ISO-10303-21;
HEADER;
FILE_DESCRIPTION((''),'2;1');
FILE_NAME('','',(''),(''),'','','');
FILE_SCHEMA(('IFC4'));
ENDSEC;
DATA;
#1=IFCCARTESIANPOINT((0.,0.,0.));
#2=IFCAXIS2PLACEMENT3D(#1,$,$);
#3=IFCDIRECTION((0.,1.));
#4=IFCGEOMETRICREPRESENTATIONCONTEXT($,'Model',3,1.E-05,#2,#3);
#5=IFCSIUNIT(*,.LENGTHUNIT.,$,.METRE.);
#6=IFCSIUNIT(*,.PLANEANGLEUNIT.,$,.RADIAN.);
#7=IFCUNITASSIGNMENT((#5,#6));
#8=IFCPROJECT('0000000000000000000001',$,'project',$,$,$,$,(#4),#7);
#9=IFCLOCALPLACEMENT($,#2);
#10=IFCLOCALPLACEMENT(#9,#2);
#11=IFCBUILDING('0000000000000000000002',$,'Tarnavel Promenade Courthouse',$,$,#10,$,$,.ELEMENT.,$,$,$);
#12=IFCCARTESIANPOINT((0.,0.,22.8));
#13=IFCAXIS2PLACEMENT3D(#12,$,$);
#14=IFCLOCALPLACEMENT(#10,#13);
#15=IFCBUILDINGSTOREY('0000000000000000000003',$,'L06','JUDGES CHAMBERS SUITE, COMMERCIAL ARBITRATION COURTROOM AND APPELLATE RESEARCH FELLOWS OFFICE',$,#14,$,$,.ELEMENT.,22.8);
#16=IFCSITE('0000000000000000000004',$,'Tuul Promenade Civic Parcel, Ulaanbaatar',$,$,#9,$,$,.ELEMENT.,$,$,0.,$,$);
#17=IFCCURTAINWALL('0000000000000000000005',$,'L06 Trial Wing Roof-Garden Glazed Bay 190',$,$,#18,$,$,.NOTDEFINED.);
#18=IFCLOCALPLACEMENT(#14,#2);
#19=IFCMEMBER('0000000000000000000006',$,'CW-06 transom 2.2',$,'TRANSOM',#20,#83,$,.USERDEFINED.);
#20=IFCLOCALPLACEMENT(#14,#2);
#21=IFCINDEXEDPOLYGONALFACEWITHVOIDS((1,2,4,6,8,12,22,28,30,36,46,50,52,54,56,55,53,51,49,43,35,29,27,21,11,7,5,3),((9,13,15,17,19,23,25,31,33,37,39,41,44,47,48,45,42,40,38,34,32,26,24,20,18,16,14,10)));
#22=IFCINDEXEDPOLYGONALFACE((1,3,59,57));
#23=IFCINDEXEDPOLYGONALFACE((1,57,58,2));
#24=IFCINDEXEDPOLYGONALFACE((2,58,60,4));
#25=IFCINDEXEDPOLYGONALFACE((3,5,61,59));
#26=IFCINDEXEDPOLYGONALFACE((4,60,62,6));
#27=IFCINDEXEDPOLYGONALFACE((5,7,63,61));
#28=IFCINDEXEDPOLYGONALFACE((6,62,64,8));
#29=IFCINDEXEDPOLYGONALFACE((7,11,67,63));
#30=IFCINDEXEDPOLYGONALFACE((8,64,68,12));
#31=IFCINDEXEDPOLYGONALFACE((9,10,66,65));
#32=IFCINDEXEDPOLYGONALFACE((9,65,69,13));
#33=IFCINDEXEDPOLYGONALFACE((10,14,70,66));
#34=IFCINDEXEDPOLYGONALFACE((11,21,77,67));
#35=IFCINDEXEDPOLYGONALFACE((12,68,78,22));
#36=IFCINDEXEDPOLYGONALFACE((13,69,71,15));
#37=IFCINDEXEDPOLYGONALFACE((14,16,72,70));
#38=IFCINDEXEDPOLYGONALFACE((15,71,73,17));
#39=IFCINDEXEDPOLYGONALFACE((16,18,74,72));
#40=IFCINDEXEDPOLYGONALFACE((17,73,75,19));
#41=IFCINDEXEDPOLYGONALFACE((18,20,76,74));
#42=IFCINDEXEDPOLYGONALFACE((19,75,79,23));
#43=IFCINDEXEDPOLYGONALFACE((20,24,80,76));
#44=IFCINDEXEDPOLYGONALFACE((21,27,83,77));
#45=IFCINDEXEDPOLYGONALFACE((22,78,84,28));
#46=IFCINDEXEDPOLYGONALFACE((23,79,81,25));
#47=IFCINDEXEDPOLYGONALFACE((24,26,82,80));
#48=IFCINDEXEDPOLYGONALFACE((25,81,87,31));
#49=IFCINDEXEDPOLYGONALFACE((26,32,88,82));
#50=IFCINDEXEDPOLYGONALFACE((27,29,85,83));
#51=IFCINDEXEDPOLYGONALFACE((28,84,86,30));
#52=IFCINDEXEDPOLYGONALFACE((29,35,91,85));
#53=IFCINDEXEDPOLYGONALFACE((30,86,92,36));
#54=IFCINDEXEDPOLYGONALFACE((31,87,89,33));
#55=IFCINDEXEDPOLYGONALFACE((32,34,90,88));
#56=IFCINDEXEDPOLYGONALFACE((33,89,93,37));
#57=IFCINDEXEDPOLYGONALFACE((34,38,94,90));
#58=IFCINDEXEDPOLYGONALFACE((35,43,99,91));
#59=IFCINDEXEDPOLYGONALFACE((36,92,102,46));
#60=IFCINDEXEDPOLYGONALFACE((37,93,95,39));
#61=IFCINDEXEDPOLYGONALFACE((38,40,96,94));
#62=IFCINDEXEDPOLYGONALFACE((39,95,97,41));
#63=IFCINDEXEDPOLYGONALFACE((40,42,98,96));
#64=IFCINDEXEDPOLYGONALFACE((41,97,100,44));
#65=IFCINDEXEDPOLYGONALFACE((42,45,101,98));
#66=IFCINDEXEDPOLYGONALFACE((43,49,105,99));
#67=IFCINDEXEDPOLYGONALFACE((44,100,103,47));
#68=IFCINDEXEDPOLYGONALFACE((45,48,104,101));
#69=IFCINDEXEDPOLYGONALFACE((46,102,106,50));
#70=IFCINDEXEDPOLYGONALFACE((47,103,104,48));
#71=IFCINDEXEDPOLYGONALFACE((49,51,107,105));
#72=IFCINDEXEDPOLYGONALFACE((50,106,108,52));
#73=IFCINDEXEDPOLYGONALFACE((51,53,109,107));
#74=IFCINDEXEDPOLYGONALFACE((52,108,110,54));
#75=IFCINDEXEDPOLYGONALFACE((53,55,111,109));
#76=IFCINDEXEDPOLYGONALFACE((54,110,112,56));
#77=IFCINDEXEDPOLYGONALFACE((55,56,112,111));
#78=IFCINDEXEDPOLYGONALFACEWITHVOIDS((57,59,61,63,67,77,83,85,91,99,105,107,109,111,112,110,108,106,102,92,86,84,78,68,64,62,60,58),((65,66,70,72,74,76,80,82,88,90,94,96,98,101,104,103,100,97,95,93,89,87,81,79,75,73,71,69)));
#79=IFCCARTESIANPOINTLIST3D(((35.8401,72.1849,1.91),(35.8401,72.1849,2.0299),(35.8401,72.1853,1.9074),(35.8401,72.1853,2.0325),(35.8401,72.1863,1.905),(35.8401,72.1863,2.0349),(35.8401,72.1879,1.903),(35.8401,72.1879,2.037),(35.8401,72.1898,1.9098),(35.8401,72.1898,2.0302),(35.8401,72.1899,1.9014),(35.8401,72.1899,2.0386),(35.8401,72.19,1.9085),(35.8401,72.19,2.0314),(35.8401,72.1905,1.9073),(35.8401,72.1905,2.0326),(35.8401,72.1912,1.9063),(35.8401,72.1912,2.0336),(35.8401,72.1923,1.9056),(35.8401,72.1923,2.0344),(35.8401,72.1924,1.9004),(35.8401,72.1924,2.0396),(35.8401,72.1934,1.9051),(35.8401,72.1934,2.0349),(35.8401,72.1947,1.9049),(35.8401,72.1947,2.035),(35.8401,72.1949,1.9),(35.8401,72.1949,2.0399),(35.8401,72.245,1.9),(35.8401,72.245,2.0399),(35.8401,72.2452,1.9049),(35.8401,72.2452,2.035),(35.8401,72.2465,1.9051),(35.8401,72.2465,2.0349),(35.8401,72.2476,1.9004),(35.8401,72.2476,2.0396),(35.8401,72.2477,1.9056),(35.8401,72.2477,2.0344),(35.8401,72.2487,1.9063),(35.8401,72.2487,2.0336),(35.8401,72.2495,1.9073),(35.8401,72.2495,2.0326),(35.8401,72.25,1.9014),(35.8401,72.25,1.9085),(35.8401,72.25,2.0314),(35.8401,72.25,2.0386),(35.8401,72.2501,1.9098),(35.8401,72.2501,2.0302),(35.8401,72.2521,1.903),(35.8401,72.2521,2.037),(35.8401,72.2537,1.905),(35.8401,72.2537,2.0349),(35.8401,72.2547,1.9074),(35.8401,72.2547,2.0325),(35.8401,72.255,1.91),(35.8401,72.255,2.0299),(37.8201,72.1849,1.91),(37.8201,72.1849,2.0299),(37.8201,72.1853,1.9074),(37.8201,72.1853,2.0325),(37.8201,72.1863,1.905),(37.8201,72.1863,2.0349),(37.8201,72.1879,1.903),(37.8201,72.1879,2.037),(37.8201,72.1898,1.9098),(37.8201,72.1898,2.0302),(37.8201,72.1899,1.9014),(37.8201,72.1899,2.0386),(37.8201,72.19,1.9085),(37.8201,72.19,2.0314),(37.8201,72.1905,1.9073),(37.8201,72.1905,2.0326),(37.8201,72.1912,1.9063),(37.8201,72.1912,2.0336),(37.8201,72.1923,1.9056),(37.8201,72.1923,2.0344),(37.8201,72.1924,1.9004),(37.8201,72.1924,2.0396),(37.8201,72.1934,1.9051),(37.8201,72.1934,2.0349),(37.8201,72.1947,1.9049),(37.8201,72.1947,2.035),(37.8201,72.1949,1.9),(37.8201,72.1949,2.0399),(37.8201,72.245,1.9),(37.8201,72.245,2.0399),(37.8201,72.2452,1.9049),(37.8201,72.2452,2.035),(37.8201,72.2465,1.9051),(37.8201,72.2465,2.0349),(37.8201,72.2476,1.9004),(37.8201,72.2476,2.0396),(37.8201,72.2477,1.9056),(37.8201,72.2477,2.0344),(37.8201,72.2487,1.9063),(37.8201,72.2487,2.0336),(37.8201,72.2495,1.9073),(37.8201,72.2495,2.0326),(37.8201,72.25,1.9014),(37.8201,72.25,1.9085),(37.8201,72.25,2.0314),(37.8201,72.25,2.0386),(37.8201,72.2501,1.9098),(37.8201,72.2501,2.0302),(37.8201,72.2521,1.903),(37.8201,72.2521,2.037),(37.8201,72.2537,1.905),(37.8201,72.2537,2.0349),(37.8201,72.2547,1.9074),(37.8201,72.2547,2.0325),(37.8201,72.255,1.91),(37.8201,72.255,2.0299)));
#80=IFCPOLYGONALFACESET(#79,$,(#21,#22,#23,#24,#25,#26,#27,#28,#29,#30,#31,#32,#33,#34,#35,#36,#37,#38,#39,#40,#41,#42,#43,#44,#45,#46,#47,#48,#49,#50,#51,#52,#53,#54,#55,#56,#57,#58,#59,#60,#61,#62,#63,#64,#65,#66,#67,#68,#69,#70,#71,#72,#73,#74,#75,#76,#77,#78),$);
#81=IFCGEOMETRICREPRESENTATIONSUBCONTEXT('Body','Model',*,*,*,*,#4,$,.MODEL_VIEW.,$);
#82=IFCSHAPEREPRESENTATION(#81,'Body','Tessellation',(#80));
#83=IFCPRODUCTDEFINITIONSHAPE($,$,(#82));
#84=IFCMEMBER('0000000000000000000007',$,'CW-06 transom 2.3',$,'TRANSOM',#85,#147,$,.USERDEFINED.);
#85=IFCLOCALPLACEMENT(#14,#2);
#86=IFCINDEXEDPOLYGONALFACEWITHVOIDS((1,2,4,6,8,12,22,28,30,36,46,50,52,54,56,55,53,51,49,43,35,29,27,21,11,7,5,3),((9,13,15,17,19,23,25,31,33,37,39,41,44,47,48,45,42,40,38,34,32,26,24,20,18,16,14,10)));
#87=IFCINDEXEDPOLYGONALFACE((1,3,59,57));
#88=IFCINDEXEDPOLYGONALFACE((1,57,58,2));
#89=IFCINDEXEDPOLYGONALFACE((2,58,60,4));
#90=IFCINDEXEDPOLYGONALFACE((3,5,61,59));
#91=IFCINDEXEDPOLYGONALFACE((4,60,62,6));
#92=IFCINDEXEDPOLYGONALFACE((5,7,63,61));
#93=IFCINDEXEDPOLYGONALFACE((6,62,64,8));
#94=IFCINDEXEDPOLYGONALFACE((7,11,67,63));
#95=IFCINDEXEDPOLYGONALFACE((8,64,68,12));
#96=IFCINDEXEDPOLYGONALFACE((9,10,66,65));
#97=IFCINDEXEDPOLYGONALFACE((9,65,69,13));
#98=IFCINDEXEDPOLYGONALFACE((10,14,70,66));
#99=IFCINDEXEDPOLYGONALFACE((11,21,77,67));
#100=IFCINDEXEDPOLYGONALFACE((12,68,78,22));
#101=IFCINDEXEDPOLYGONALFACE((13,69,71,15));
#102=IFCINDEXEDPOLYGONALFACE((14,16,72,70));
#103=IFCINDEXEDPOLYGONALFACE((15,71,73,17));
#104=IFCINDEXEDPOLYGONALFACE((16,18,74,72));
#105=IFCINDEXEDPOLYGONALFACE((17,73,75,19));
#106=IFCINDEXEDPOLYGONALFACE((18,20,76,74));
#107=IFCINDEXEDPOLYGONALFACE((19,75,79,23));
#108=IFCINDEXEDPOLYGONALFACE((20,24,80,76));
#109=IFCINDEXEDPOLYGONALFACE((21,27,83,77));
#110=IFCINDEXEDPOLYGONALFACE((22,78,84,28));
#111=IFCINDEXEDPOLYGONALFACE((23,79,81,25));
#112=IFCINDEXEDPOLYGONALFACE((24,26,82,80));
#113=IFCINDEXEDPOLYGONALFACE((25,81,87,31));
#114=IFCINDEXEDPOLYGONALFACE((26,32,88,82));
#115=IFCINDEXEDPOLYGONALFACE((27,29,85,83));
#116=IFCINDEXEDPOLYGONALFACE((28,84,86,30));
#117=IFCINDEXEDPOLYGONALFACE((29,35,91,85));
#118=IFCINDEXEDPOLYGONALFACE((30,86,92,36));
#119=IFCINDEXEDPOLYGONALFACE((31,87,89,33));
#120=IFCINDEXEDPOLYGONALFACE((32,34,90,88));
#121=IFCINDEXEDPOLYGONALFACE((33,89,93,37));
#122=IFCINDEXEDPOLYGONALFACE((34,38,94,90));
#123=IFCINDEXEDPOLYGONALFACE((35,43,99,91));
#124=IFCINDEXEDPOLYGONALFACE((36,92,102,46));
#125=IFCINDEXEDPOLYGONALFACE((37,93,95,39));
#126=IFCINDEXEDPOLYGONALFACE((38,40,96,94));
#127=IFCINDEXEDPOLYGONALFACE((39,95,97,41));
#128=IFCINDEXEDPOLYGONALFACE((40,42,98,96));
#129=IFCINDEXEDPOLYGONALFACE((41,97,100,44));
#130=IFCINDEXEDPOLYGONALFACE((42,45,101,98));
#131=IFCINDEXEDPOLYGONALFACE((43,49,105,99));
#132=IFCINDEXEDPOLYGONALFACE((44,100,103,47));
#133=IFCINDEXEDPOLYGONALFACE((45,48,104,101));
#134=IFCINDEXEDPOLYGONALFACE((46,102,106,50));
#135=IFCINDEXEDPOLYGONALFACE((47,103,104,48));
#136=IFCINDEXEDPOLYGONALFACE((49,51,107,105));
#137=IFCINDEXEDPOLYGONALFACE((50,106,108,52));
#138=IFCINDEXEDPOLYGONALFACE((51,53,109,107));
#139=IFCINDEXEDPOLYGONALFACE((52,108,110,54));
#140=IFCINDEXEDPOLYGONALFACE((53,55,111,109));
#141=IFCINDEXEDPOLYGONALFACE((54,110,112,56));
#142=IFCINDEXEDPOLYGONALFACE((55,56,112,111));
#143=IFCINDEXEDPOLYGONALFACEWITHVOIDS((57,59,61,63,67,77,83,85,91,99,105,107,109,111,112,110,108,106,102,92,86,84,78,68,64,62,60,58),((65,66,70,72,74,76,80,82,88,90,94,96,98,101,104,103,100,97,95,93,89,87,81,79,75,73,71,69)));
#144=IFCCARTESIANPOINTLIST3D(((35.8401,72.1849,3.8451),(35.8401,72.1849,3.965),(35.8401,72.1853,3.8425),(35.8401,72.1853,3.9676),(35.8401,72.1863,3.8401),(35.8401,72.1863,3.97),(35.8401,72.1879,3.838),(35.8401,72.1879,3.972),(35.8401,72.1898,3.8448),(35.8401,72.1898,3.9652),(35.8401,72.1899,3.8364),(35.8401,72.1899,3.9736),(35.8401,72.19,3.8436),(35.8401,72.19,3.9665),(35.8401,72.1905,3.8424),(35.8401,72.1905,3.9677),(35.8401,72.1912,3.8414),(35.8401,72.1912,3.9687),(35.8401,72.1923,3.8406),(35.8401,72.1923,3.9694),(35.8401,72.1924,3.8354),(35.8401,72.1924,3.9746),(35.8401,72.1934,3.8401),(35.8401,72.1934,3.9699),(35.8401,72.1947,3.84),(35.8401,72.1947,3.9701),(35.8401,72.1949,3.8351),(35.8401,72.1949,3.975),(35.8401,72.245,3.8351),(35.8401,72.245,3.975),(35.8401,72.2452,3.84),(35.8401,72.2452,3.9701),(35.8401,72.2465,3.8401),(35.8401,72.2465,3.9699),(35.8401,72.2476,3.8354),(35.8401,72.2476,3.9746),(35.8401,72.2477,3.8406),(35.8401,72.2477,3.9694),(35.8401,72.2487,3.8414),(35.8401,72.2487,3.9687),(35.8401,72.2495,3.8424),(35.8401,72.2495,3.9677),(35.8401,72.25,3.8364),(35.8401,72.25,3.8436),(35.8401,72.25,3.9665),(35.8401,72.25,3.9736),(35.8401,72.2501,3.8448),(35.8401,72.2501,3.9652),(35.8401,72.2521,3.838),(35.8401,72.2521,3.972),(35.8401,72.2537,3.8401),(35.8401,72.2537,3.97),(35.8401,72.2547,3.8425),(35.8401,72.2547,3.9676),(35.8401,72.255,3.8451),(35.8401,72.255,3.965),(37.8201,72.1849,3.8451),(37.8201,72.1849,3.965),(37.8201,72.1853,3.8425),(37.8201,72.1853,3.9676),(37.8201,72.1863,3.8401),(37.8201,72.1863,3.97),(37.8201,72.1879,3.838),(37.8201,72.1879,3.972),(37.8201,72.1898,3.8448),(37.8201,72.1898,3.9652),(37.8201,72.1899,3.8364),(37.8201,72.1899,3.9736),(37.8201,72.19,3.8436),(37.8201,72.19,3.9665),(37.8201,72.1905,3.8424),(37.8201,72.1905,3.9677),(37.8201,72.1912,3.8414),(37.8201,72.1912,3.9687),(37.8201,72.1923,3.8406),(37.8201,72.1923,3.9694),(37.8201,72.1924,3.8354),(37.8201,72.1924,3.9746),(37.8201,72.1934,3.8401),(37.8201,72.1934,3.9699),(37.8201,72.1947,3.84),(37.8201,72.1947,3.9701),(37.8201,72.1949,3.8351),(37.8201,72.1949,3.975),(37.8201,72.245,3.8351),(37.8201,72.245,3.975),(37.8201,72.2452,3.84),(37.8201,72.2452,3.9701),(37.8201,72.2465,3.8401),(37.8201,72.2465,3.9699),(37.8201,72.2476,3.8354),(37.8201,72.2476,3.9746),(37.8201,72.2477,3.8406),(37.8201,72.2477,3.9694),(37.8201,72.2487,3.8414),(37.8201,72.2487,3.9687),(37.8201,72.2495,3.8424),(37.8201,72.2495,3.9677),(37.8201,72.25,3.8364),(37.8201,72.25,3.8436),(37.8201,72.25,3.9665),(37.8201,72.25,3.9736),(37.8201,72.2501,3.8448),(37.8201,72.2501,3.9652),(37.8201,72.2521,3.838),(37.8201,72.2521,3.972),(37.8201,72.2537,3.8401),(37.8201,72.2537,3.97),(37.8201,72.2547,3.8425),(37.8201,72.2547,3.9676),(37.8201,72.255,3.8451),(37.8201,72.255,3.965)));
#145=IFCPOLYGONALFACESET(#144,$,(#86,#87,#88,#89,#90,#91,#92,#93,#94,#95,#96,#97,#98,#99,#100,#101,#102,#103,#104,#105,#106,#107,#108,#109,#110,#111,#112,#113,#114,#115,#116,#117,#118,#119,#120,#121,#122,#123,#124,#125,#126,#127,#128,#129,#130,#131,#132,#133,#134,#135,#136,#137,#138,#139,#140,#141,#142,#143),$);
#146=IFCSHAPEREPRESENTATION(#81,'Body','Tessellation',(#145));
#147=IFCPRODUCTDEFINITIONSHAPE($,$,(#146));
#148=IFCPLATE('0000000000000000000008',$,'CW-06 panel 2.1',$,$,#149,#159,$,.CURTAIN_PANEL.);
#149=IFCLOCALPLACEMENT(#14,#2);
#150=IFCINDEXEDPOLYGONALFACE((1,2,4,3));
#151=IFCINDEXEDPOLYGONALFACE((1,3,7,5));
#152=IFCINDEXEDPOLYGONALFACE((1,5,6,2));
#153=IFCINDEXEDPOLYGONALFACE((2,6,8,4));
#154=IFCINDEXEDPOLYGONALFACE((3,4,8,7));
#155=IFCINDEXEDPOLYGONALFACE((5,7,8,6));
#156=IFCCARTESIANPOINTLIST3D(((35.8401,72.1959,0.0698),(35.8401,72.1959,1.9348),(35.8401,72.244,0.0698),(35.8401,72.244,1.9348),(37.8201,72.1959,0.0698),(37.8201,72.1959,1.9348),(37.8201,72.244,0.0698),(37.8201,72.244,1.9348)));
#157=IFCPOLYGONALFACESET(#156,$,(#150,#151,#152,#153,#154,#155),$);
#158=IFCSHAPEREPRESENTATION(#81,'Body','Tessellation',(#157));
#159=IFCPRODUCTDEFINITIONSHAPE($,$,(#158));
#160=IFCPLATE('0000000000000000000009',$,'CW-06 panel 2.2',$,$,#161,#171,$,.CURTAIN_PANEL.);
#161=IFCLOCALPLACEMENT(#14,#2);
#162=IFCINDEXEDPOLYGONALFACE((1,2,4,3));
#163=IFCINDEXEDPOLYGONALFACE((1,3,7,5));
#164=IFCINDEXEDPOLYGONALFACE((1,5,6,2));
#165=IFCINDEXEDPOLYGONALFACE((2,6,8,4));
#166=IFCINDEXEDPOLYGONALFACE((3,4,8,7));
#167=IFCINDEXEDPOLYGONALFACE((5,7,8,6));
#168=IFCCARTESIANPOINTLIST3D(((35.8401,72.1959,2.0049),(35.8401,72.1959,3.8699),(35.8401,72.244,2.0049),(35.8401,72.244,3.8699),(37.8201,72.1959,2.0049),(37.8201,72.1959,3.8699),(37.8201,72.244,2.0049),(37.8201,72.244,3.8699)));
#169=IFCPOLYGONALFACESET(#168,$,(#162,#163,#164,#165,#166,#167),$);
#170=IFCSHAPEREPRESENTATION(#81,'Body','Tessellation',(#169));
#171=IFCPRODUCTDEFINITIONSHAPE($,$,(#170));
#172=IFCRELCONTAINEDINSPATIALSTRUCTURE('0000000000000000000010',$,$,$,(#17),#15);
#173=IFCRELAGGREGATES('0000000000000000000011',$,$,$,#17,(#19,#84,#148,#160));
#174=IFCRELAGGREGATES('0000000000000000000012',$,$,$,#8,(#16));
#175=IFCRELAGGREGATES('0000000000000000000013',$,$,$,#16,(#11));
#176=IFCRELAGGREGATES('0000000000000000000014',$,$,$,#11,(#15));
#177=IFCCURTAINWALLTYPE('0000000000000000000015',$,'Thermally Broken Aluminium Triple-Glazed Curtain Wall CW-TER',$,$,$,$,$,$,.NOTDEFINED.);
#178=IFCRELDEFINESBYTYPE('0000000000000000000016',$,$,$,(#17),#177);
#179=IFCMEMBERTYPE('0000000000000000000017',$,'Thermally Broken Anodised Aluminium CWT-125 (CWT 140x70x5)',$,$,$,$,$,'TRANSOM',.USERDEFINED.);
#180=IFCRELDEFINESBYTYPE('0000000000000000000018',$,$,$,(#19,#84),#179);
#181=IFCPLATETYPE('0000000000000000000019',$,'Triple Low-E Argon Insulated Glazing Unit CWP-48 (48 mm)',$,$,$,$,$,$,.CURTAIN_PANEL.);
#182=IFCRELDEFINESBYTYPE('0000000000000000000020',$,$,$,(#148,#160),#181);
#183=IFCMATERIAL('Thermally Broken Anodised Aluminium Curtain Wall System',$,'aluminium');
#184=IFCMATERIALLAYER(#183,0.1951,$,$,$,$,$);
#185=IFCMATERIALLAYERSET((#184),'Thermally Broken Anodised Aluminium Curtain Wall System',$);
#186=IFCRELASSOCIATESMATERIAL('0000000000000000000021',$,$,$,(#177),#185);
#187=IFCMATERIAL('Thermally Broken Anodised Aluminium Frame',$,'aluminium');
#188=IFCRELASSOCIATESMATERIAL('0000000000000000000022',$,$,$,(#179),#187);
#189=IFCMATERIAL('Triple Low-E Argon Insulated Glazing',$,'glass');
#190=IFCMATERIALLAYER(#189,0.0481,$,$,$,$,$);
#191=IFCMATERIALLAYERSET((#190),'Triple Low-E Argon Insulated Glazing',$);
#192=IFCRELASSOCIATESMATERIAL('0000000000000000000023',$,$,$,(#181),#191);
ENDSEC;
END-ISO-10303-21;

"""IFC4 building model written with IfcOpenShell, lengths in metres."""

from ifc_helpers import new_model, si_unit, direction, frame, origin, origin_2d, place, context, subcontext, project, spatial, rectangle, hollow_rectangle, extrude, material, layer, layer_set, material_profile, profile_set, type_object, element, aggregate, save


model = new_model("IFC4")

# Units and contexts
model_context = context("Model", 3, precision=1e-05, world=origin(), true_north=direction((0.0, 1.0)))
body_context = subcontext(model_context, "Body", "Model", "MODEL_VIEW")
ifc_project = project(units=[si_unit("LENGTHUNIT", "METRE"), si_unit("PLANEANGLEUNIT", "RADIAN")], contexts=[model_context])

# Site, building, storey
site_placement = place(None, origin())
site = spatial("IfcSite", under=ifc_project, at=site_placement, Name="Tuul Promenade Civic Parcel, Ulaanbaatar", CompositionType="ELEMENT", RefElevation=0.0)
building_placement = place(site_placement, origin())
building = spatial("IfcBuilding", under=site, at=building_placement, Name="Tarnavel Promenade Courthouse", CompositionType="ELEMENT")
storey_placement = place(building_placement, frame((0.0, 0.0, 22.8)))
storey = spatial("IfcBuildingStorey", under=building, at=storey_placement, Name="L06", Description="JUDGES CHAMBERS SUITE, COMMERCIAL ARBITRATION COURTROOM AND APPELLATE RESEARCH FELLOWS OFFICE", CompositionType="ELEMENT", Elevation=22.8)

# Curtain wall, members, plates
ifc_material_1 = material(Name="Thermally Broken Anodised Aluminium Curtain Wall System", Category="aluminium")
ifc_layer_1 = layer(ifc_material_1, 0.1951)
ifc_layer_set_1 = layer_set([ifc_layer_1], Name="Thermally Broken Anodised Aluminium Curtain Wall System")
curtain_wall_type = type_object("IfcCurtainWallType", Name="Thermally Broken Aluminium Triple-Glazed Curtain Wall CW-TER", PredefinedType="NOTDEFINED", material=ifc_layer_set_1)
curtain_wall_placement = place(storey_placement, origin())
curtain_wall = element("IfcCurtainWall", 1, at=curtain_wall_placement, inside=storey, type_object=curtain_wall_type, Name="L06 Trial Wing Roof-Garden Glazed Bay 190", PredefinedType="NOTDEFINED")
ifc_material_2 = material(Name="Thermally Broken Anodised Aluminium Frame", Category="aluminium")
ifc_material_profile_1 = material_profile(ifc_material_2, hollow_rectangle(XDim=0.0701, YDim=0.1399, WallThickness=0.0049, InnerFilletRadius=0.0049, OuterFilletRadius=0.01, at=origin_2d()), Name="CWT 140x70x5")
ifc_profile_set_1 = profile_set([ifc_material_profile_1], Name="Thermally Broken Anodised Aluminium Frame")
member_type_1 = type_object("IfcMemberType", Name="Thermally Broken Anodised Aluminium CWT-125 (CWT 140x70x5)", ElementType="TRANSOM", PredefinedType="USERDEFINED", material=ifc_profile_set_1)
member_1_placement = place(storey_placement, frame((35.8401, 72.22, 1.97), z_axis=(1.0, 0.0, 0.0), x_axis=(0.0, 1.0, 0.0)))
member_1 = element("IfcMember", 2, at=member_1_placement, type_object=member_type_1, Name="CW-06 transom 2.2", ObjectType="TRANSOM", PredefinedType="USERDEFINED", context=body_context, shape_type="SweptSolid", body=[
    extrude(hollow_rectangle(XDim=0.0701, YDim=0.1399, WallThickness=0.0049, InnerFilletRadius=0.0049, OuterFilletRadius=0.01, at=origin_2d()), origin(), (0.0, 0.0, 1.0), 1.98),
])
member_2_placement = place(storey_placement, frame((35.8401, 72.22, 3.905), z_axis=(1.0, 0.0, 0.0), x_axis=(0.0, 1.0, 0.0)))
member_2 = element("IfcMember", 3, at=member_2_placement, type_object=member_type_1, Name="CW-06 transom 2.3", ObjectType="TRANSOM", PredefinedType="USERDEFINED", context=body_context, shape_type="SweptSolid", body=[
    extrude(hollow_rectangle(XDim=0.0701, YDim=0.1399, WallThickness=0.0049, InnerFilletRadius=0.0049, OuterFilletRadius=0.01, at=origin_2d()), origin(), (0.0, 0.0, 1.0), 1.98),
])
ifc_material_3 = material(Name="Triple Low-E Argon Insulated Glazing", Category="glass")
ifc_layer_2 = layer(ifc_material_3, 0.0481)
ifc_layer_set_2 = layer_set([ifc_layer_2], Name="Triple Low-E Argon Insulated Glazing")
plate_type = type_object("IfcPlateType", Name="Triple Low-E Argon Insulated Glazing Unit CWP-48 (48 mm)", PredefinedType="CURTAIN_PANEL", material=ifc_layer_set_2)
plate_1_placement = place(storey_placement, frame((36.8301, 72.22, 0.0698), z_axis=(0.0, 0.0, 1.0), x_axis=(1.0, 0.0, 0.0)))
plate_1 = element("IfcPlate", 4, at=plate_1_placement, type_object=plate_type, Name="CW-06 panel 2.1", PredefinedType="CURTAIN_PANEL", context=body_context, shape_type="SweptSolid", body=[
    extrude(rectangle(XDim=1.98, YDim=0.0481, at=origin_2d()), origin(), (0.0, 0.0, 1.0), 1.865),
])
plate_2_placement = place(storey_placement, frame((36.8301, 72.22, 2.0049), z_axis=(0.0, 0.0, 1.0), x_axis=(1.0, 0.0, 0.0)))
plate_2 = element("IfcPlate", 5, at=plate_2_placement, type_object=plate_type, Name="CW-06 panel 2.2", PredefinedType="CURTAIN_PANEL", context=body_context, shape_type="SweptSolid", body=[
    extrude(rectangle(XDim=1.98, YDim=0.0481, at=origin_2d()), origin(), (0.0, 0.0, 1.0), 1.865),
])
aggregate(curtain_wall, [member_1, member_2, plate_1, plate_2])

save(model, "model.ifc")
